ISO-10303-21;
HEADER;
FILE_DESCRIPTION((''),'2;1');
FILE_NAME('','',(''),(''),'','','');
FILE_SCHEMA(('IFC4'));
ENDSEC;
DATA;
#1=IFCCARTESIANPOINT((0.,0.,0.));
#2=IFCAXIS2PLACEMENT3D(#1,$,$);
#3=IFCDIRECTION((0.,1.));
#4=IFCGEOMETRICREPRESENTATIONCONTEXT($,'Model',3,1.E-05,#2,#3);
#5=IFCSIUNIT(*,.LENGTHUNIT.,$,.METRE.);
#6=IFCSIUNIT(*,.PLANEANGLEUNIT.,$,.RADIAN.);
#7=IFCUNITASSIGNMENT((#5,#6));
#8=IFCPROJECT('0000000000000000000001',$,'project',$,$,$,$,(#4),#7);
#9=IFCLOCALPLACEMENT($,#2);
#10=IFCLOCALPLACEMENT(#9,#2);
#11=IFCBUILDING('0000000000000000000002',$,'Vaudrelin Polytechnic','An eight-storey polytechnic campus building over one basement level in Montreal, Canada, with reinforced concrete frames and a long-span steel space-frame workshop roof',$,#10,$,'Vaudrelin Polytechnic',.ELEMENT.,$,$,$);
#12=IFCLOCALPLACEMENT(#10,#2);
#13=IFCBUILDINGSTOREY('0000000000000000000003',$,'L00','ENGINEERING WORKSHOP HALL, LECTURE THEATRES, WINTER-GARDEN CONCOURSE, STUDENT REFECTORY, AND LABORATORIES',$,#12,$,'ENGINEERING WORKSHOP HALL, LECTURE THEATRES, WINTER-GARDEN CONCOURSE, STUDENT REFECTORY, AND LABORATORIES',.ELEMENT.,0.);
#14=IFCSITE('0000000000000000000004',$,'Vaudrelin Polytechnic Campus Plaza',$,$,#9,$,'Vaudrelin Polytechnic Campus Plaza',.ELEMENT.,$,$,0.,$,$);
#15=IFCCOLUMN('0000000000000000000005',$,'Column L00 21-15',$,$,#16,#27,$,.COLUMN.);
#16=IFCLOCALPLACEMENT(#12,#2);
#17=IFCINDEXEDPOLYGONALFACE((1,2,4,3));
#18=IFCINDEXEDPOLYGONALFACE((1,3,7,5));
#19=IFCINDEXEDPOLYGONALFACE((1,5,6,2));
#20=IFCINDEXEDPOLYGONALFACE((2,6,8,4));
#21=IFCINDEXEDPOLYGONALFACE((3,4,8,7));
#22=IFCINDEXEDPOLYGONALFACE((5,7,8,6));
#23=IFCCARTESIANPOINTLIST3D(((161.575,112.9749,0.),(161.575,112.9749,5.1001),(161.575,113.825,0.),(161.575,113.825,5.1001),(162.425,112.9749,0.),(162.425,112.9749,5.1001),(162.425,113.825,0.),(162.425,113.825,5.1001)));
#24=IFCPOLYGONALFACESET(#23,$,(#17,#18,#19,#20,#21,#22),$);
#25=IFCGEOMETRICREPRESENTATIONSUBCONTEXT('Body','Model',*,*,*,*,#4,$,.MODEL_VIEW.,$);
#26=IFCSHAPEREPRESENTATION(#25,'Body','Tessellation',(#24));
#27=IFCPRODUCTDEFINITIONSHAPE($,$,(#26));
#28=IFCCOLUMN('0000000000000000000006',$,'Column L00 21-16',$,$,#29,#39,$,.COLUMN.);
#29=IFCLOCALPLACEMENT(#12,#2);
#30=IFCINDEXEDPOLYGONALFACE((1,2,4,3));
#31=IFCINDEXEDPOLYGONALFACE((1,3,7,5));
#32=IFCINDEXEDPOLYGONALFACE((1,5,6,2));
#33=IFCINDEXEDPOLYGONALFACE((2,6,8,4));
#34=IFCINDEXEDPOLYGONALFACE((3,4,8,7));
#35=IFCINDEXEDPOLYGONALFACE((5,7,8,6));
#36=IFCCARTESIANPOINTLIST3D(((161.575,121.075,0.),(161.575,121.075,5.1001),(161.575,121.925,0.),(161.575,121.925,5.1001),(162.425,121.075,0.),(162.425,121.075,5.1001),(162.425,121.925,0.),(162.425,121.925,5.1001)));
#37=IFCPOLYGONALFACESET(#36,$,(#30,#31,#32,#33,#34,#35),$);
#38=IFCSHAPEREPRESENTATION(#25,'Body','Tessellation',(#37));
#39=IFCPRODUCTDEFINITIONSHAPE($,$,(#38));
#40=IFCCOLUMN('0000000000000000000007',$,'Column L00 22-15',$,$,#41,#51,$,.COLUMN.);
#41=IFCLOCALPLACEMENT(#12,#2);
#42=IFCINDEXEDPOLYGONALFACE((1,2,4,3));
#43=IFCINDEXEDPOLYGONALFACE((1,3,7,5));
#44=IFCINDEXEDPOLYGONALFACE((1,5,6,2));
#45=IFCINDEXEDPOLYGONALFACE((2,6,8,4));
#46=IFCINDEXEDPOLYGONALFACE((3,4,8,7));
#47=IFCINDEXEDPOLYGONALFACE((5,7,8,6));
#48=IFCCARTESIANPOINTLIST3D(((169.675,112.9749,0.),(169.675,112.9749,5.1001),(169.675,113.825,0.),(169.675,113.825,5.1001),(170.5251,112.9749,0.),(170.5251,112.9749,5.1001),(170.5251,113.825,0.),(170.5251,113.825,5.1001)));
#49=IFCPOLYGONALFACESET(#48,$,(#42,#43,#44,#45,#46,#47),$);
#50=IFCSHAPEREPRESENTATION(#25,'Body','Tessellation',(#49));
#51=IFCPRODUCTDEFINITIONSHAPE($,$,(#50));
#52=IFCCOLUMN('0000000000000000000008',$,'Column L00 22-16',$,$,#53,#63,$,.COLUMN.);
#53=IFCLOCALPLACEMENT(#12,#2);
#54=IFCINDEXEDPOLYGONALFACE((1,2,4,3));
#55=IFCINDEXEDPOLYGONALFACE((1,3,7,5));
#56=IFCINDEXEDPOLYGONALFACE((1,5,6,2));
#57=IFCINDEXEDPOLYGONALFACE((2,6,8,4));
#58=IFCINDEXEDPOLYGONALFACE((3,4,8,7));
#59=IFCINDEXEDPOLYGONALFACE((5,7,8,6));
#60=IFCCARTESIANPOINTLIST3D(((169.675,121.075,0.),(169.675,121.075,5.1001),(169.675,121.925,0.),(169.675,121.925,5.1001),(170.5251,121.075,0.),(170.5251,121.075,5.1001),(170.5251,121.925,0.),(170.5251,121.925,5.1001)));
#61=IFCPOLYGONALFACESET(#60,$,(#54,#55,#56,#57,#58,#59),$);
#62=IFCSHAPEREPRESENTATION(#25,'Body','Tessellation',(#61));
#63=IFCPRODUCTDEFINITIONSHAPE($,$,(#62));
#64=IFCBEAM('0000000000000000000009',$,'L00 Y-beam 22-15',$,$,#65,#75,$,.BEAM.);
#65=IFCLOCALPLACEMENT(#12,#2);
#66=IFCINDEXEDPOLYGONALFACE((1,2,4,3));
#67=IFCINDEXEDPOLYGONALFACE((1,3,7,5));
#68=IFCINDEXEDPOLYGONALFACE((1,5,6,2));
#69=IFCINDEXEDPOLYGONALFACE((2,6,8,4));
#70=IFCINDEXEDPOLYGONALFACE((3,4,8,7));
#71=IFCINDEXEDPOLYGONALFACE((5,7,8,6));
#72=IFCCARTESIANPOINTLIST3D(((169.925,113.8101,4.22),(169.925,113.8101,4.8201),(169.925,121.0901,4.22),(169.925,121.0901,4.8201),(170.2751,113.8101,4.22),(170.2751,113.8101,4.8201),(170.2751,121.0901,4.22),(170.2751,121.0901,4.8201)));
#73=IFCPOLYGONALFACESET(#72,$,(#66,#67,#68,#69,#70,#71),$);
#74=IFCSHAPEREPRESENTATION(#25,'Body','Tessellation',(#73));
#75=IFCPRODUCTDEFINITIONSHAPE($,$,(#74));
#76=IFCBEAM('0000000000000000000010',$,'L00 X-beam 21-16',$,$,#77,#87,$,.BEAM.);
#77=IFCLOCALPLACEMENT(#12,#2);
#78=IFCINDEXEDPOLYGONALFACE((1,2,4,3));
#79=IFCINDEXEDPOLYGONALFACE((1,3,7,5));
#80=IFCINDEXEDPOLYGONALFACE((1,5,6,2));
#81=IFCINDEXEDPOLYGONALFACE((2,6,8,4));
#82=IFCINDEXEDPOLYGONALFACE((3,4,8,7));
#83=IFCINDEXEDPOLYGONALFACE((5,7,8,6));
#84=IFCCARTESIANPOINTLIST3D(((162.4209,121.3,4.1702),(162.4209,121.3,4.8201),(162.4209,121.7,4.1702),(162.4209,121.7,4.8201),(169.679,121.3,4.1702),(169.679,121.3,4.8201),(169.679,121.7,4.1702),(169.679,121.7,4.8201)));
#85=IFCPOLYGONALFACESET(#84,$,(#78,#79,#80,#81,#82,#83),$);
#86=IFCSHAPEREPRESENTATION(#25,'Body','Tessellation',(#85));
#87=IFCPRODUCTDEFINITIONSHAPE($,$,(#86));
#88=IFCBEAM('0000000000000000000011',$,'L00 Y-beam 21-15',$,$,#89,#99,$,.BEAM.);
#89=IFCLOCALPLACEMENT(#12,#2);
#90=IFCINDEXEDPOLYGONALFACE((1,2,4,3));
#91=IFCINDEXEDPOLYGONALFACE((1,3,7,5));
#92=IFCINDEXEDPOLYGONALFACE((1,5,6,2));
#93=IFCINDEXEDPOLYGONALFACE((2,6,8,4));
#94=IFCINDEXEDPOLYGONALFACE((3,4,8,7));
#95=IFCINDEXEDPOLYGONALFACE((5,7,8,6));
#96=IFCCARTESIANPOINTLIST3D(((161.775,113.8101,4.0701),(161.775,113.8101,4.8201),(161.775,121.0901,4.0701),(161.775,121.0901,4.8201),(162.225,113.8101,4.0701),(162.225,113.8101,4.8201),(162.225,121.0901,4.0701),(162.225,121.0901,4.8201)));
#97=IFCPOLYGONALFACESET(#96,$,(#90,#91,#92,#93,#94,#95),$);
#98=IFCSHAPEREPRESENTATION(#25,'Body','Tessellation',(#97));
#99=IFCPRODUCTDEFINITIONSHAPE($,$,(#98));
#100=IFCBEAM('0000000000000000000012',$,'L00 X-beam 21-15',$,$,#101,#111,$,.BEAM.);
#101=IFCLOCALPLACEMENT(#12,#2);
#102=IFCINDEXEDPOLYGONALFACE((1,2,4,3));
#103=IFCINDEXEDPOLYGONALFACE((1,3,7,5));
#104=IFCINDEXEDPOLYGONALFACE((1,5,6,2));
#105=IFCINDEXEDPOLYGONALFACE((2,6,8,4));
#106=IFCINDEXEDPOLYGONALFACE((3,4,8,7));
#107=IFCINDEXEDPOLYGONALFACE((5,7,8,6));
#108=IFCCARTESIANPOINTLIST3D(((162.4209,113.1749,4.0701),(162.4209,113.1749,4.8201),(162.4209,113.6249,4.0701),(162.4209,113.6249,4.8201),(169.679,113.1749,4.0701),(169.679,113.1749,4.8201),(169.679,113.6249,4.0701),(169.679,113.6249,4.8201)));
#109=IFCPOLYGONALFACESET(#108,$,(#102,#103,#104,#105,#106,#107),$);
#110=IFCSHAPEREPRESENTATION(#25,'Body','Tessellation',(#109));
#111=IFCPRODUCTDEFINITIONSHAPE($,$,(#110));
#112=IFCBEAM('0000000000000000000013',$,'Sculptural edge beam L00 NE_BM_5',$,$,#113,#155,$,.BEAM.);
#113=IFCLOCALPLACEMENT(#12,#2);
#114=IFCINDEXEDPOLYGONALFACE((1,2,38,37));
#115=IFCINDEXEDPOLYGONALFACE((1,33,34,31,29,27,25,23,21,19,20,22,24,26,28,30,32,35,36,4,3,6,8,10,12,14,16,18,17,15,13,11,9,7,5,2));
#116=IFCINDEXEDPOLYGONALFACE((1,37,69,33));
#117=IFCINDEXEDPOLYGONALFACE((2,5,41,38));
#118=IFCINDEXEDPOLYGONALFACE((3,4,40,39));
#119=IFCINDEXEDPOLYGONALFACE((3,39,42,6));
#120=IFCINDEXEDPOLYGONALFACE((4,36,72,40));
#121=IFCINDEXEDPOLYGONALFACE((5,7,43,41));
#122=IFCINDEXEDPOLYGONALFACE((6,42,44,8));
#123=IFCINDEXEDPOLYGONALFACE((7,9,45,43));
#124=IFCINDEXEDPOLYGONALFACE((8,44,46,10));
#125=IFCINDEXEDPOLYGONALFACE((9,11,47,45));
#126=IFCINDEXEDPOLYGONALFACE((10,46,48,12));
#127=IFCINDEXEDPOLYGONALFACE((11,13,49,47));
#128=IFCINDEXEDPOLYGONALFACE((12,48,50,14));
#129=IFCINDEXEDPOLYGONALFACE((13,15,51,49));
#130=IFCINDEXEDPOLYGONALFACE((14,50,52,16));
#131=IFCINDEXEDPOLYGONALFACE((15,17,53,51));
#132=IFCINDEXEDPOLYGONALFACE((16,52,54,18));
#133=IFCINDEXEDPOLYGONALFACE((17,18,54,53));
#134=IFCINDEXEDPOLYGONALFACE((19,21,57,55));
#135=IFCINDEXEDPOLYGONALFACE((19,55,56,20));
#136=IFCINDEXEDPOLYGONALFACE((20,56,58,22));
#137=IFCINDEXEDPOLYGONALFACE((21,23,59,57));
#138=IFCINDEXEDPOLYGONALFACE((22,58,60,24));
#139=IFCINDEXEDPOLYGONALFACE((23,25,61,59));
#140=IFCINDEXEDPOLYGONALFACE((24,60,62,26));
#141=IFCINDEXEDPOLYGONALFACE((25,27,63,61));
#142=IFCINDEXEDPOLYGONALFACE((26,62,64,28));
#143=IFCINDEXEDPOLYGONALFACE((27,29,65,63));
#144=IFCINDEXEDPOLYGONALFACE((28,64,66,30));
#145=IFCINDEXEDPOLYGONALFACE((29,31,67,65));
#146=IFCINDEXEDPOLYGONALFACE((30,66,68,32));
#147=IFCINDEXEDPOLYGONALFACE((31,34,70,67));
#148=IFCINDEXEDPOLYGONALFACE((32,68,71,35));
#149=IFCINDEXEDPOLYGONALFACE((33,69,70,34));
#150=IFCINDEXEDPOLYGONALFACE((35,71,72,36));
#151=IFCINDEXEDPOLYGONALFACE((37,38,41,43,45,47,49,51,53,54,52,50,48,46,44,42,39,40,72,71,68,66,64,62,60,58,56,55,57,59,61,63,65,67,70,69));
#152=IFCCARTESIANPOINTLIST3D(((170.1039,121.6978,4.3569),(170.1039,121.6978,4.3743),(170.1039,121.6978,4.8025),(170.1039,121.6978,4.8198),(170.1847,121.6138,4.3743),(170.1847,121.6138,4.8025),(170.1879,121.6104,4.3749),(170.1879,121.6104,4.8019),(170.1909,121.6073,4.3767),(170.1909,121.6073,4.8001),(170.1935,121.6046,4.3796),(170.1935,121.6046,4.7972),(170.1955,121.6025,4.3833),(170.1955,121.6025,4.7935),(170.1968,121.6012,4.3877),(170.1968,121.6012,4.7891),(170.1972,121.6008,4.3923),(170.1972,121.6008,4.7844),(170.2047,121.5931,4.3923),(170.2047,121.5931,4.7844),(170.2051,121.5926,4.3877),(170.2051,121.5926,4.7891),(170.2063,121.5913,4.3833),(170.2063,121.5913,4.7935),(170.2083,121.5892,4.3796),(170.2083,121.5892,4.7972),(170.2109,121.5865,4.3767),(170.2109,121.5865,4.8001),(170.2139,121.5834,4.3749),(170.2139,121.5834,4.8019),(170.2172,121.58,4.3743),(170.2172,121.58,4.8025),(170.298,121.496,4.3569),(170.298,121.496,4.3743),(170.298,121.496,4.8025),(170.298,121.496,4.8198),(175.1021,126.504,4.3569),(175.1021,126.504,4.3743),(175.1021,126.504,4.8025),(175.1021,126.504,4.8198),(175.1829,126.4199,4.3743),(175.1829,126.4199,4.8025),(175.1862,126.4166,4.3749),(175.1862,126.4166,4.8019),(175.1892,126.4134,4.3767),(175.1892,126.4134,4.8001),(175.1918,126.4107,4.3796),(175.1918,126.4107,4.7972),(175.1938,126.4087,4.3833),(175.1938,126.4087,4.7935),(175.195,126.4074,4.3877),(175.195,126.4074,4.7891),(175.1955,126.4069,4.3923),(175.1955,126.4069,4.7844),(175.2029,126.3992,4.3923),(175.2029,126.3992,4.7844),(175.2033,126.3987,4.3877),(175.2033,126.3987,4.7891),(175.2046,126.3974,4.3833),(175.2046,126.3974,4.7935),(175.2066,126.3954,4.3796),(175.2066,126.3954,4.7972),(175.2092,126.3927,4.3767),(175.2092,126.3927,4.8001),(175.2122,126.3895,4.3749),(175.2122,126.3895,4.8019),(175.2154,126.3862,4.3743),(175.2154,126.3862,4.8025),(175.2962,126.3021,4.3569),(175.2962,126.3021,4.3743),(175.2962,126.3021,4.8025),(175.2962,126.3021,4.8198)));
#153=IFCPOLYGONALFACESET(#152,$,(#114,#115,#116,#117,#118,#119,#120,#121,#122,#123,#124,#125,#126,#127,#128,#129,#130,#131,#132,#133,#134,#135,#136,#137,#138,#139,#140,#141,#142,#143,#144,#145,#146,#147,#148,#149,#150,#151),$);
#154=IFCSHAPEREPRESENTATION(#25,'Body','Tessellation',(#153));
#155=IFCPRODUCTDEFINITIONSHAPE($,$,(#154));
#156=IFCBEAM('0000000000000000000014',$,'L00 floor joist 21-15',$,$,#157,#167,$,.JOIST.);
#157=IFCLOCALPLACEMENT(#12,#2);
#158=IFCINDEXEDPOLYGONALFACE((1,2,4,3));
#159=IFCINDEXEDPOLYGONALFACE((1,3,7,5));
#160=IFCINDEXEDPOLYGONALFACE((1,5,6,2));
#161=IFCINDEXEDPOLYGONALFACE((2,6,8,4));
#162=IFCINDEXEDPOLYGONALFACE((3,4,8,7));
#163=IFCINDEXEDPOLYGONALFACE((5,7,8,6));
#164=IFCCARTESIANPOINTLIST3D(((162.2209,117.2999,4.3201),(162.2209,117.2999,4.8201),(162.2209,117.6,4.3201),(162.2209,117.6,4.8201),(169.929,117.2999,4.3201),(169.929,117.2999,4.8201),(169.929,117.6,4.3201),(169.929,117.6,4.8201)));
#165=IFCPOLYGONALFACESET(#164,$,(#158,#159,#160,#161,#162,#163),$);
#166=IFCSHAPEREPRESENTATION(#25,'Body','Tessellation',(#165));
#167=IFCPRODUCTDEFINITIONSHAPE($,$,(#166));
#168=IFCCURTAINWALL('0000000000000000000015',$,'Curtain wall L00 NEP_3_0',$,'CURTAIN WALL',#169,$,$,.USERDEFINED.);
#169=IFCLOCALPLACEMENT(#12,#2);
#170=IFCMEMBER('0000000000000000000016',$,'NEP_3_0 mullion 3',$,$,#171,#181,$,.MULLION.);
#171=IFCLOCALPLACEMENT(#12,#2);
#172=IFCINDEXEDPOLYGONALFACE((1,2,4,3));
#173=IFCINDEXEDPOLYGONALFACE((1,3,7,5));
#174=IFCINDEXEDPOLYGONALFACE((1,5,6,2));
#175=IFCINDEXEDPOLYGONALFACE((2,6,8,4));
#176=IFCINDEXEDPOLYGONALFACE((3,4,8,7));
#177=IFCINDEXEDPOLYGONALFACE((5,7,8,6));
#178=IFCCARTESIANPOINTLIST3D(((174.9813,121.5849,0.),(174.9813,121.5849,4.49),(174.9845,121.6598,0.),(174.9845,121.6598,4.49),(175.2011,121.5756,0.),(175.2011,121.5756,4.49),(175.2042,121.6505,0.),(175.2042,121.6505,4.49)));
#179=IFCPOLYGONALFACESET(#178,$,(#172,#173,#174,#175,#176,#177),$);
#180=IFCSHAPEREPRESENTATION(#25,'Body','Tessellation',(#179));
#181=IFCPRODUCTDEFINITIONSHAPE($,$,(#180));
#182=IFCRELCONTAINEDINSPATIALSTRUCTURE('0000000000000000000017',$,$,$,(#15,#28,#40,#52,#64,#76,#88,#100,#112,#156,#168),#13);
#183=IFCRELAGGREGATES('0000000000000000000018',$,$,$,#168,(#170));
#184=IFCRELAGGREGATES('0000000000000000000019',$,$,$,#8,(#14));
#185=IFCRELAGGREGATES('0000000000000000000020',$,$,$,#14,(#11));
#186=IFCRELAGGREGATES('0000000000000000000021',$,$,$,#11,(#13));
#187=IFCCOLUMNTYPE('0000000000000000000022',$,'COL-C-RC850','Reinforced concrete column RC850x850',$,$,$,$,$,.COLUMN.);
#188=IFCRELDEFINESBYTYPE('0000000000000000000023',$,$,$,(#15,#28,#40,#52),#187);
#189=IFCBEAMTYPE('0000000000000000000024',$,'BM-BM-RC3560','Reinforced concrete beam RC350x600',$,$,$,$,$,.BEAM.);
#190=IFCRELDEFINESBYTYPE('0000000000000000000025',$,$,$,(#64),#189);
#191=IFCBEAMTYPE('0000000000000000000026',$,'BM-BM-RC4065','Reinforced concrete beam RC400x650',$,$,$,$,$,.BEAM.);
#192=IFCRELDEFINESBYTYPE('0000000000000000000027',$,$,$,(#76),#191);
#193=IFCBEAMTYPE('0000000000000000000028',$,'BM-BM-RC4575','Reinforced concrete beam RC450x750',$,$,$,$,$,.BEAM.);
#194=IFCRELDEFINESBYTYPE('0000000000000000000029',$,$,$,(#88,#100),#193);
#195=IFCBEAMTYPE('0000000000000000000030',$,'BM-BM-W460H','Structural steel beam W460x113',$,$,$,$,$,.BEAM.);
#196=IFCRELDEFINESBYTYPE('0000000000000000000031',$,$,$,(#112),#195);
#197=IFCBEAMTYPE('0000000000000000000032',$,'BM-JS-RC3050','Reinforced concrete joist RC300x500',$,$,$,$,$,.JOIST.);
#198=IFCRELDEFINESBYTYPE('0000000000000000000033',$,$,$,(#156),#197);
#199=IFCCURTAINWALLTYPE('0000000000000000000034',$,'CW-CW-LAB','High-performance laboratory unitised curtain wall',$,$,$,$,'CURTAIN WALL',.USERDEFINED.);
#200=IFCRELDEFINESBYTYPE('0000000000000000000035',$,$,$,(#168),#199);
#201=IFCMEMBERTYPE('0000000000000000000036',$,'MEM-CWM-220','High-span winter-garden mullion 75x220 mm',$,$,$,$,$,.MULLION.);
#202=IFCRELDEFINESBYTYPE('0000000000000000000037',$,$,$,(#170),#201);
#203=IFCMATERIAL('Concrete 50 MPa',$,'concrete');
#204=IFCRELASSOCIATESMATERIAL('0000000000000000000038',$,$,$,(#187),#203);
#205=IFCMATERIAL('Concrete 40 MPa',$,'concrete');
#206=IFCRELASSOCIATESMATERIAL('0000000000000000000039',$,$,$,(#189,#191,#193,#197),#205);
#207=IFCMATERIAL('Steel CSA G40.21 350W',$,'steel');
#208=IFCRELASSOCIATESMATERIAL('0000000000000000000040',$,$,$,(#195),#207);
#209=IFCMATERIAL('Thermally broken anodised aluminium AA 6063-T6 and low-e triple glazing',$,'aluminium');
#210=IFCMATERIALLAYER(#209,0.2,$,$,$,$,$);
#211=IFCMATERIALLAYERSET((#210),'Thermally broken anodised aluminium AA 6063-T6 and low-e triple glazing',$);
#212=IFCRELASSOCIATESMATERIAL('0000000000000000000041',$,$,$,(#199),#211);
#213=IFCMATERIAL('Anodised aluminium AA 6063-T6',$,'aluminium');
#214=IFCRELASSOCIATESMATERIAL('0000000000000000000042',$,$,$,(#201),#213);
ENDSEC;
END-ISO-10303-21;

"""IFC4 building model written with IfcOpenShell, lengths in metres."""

from ifc_helpers import new_model, si_unit, direction, frame, origin, origin_2d, place, context, subcontext, project, spatial, rectangle, i_section, extrude, material, layer, layer_set, material_profile, profile_set, type_object, element, aggregate, save


model = new_model("IFC4")

# Units and contexts
model_context = context("Model", 3, precision=1e-05, world=origin(), true_north=direction((0.0, 1.0)))
body_context = subcontext(model_context, "Body", "Model", "MODEL_VIEW")
ifc_project = project(units=[si_unit("LENGTHUNIT", "METRE"), si_unit("PLANEANGLEUNIT", "RADIAN")], contexts=[model_context])

# Site, building, storey
site_placement = place(None, origin())
site = spatial("IfcSite", under=ifc_project, at=site_placement, Name="Vaudrelin Polytechnic Campus Plaza", LongName="Vaudrelin Polytechnic Campus Plaza", CompositionType="ELEMENT", RefElevation=0.0)
building_placement = place(site_placement, origin())
building = spatial("IfcBuilding", under=site, at=building_placement, Name="Vaudrelin Polytechnic", Description="An eight-storey polytechnic campus building over one basement level in Montreal, Canada, with reinforced concrete frames and a long-span steel space-frame workshop roof", LongName="Vaudrelin Polytechnic", CompositionType="ELEMENT")
storey_placement = place(building_placement, origin())
storey = spatial("IfcBuildingStorey", under=building, at=storey_placement, Name="L00", Description="ENGINEERING WORKSHOP HALL, LECTURE THEATRES, WINTER-GARDEN CONCOURSE, STUDENT REFECTORY, AND LABORATORIES", LongName="ENGINEERING WORKSHOP HALL, LECTURE THEATRES, WINTER-GARDEN CONCOURSE, STUDENT REFECTORY, AND LABORATORIES", CompositionType="ELEMENT", Elevation=0.0)

# Columns
ifc_material_1 = material(Name="Concrete 50 MPa", Category="concrete")
ifc_material_profile_1 = material_profile(ifc_material_1, rectangle(XDim=0.8501, YDim=0.8501, at=origin_2d()), Name="RC850x850")
ifc_profile_set_1 = profile_set([ifc_material_profile_1], Name="Concrete 50 MPa")
column_type = type_object("IfcColumnType", Name="COL-C-RC850", Description="Reinforced concrete column RC850x850", PredefinedType="COLUMN", material=ifc_profile_set_1)
for number, where, z_axis, x_axis, name in (
    (1, (162.0, 113.3999, 0.0), (0.0, 0.0, 1.0), (1.0, 0.0, 0.0), "Column L00 21-15"),
    (2, (162.0, 121.5, 0.0), (0.0, 0.0, 1.0), (1.0, 0.0, 0.0), "Column L00 21-16"),
    (3, (170.1001, 113.3999, 0.0), (0.0, 0.0, 1.0), (1.0, 0.0, 0.0), "Column L00 22-15"),
    (4, (170.1001, 121.5, 0.0), (0.0, 0.0, 1.0), (1.0, 0.0, 0.0), "Column L00 22-16"),
):
    element("IfcColumn", number, at=place(storey_placement, frame(where, z_axis=z_axis, x_axis=x_axis)), inside=storey, type_object=column_type, Name=name, PredefinedType="COLUMN", context=body_context, shape_type="SweptSolid", body=[
        extrude(rectangle(XDim=0.8501, YDim=0.8501, at=origin_2d()), origin(), (0.0, 0.0, 1.0), 5.1001),
    ])

# Beams
ifc_material_2 = material(Name="Concrete 40 MPa", Category="concrete")
ifc_material_profile_2 = material_profile(ifc_material_2, rectangle(XDim=0.3501, YDim=0.6001, at=origin_2d()), Name="RC350x600")
ifc_profile_set_2 = profile_set([ifc_material_profile_2], Name="Concrete 40 MPa")
beam_type_1 = type_object("IfcBeamType", Name="BM-BM-RC3560", Description="Reinforced concrete beam RC350x600", PredefinedType="BEAM", material=ifc_profile_set_2)
beam_1_placement = place(storey_placement, frame((170.1001, 113.8101, 4.52), z_axis=(0.0, 1.0, 0.0), x_axis=(-1.0, 0.0, 0.0)))
element("IfcBeam", 5, at=beam_1_placement, inside=storey, type_object=beam_type_1, Name="L00 Y-beam 22-15", PredefinedType="BEAM", context=body_context, shape_type="SweptSolid", body=[
    extrude(rectangle(XDim=0.3501, YDim=0.6001, at=origin_2d()), origin(), (0.0, 0.0, 1.0), 7.28),
])
ifc_material_profile_3 = material_profile(ifc_material_2, rectangle(XDim=0.3999, YDim=0.6499, at=origin_2d()), Name="RC400x650")
ifc_profile_set_3 = profile_set([ifc_material_profile_3], Name="Concrete 40 MPa")
beam_type_2 = type_object("IfcBeamType", Name="BM-BM-RC4065", Description="Reinforced concrete beam RC400x650", PredefinedType="BEAM", material=ifc_profile_set_3)
beam_2_placement = place(storey_placement, frame((162.4209, 121.5, 4.4951), z_axis=(1.0, 0.0, 0.0), x_axis=(0.0, 1.0, 0.0)))
element("IfcBeam", 6, at=beam_2_placement, inside=storey, type_object=beam_type_2, Name="L00 X-beam 21-16", PredefinedType="BEAM", context=body_context, shape_type="SweptSolid", body=[
    extrude(rectangle(XDim=0.3999, YDim=0.6499, at=origin_2d()), origin(), (0.0, 0.0, 1.0), 7.2581),
])
ifc_material_profile_4 = material_profile(ifc_material_2, rectangle(XDim=0.45, YDim=0.75, at=origin_2d()), Name="RC450x750")
ifc_profile_set_4 = profile_set([ifc_material_profile_4], Name="Concrete 40 MPa")
beam_type_3 = type_object("IfcBeamType", Name="BM-BM-RC4575", Description="Reinforced concrete beam RC450x750", PredefinedType="BEAM", material=ifc_profile_set_4)
beam_3_placement = place(storey_placement, frame((162.0, 113.8101, 4.4451), z_axis=(0.0, 1.0, 0.0), x_axis=(-1.0, 0.0, 0.0)))
element("IfcBeam", 7, at=beam_3_placement, inside=storey, type_object=beam_type_3, Name="L00 Y-beam 21-15", PredefinedType="BEAM", context=body_context, shape_type="SweptSolid", body=[
    extrude(rectangle(XDim=0.45, YDim=0.75, at=origin_2d()), origin(), (0.0, 0.0, 1.0), 7.28),
])
beam_4_placement = place(storey_placement, frame((162.4209, 113.3999, 4.4451), z_axis=(1.0, 0.0, 0.0), x_axis=(0.0, 1.0, 0.0)))
element("IfcBeam", 8, at=beam_4_placement, inside=storey, type_object=beam_type_3, Name="L00 X-beam 21-15", PredefinedType="BEAM", context=body_context, shape_type="SweptSolid", body=[
    extrude(rectangle(XDim=0.45, YDim=0.75, at=origin_2d()), origin(), (0.0, 0.0, 1.0), 7.2581),
])
ifc_material_3 = material(Name="Steel CSA G40.21 350W", Category="steel")
ifc_material_profile_5 = material_profile(ifc_material_3, i_section(OverallWidth=0.28, OverallDepth=0.4629, WebThickness=0.0107, FlangeThickness=0.0173, FilletRadius=0.0181, at=origin_2d()), Name="W460x113")
ifc_profile_set_5 = profile_set([ifc_material_profile_5], Name="Steel CSA G40.21 350W")
beam_type_4 = type_object("IfcBeamType", Name="BM-BM-W460H", Description="Structural steel beam W460x113", PredefinedType="BEAM", material=ifc_profile_set_5)
beam_5_placement = place(storey_placement, frame((170.2009, 121.5969, 4.5884), z_axis=(0.720826, 0.693116, 0.0), x_axis=(-0.693116, 0.720826, 0.0)))
element("IfcBeam", 9, at=beam_5_placement, inside=storey, type_object=beam_type_4, Name="Sculptural edge beam L00 NE_BM_5", PredefinedType="BEAM", context=body_context, shape_type="SweptSolid", body=[
    extrude(i_section(OverallWidth=0.28, OverallDepth=0.4629, WebThickness=0.0107, FlangeThickness=0.0173, FilletRadius=0.0181, at=origin_2d()), origin(), (0.0, 0.0, 1.0), 6.9341),
])
ifc_material_profile_6 = material_profile(ifc_material_2, rectangle(XDim=0.3, YDim=0.5, at=origin_2d()), Name="RC300x500")
ifc_profile_set_6 = profile_set([ifc_material_profile_6], Name="Concrete 40 MPa")
beam_type_5 = type_object("IfcBeamType", Name="BM-JS-RC3050", Description="Reinforced concrete joist RC300x500", PredefinedType="JOIST", material=ifc_profile_set_6)
beam_6_placement = place(storey_placement, frame((162.2209, 117.45, 4.5701), z_axis=(1.0, 0.0, 0.0), x_axis=(0.0, 1.0, 0.0)))
element("IfcBeam", 10, at=beam_6_placement, inside=storey, type_object=beam_type_5, Name="L00 floor joist 21-15", PredefinedType="JOIST", context=body_context, shape_type="SweptSolid", body=[
    extrude(rectangle(XDim=0.3, YDim=0.5, at=origin_2d()), origin(), (0.0, 0.0, 1.0), 7.708),
])

# Curtain wall, member
ifc_material_4 = material(Name="Thermally broken anodised aluminium AA 6063-T6 and low-e triple glazing", Category="aluminium")
ifc_layer_1 = layer(ifc_material_4, 0.2)
ifc_layer_set_1 = layer_set([ifc_layer_1], Name="Thermally broken anodised aluminium AA 6063-T6 and low-e triple glazing")
curtain_wall_type = type_object("IfcCurtainWallType", Name="CW-CW-LAB", Description="High-performance laboratory unitised curtain wall", ElementType="CURTAIN WALL", PredefinedType="USERDEFINED", material=ifc_layer_set_1)
curtain_wall_1_placement = place(storey_placement, origin())
curtain_wall_1 = element("IfcCurtainWall", 11, at=curtain_wall_1_placement, inside=storey, type_object=curtain_wall_type, Name="Curtain wall L00 NEP_3_0", ObjectType="CURTAIN WALL", PredefinedType="USERDEFINED")
ifc_material_5 = material(Name="Anodised aluminium AA 6063-T6", Category="aluminium")
ifc_material_profile_7 = material_profile(ifc_material_5, rectangle(XDim=0.075, YDim=0.22, at=origin_2d()), Name="CWM-75x220")
ifc_profile_set_7 = profile_set([ifc_material_profile_7], Name="Anodised aluminium AA 6063-T6")
member_type_1 = type_object("IfcMemberType", Name="MEM-CWM-220", Description="High-span winter-garden mullion 75x220 mm", PredefinedType="MULLION", material=ifc_profile_set_7)
member_1_placement = place(storey_placement, frame((175.0928, 121.6177, 0.0), z_axis=(0.0, 0.0, 1.0), x_axis=(-0.04242, -0.9991, 0.0)))
member_1 = element("IfcMember", 12, at=member_1_placement, type_object=member_type_1, Name="NEP_3_0 mullion 3", PredefinedType="MULLION", context=body_context, shape_type="SweptSolid", body=[
    extrude(rectangle(XDim=0.075, YDim=0.22, at=origin_2d()), origin(), (0.0, 0.0, 1.0), 4.49),
])

aggregate(curtain_wall_1, [member_1])

save(model, "model.ifc")
